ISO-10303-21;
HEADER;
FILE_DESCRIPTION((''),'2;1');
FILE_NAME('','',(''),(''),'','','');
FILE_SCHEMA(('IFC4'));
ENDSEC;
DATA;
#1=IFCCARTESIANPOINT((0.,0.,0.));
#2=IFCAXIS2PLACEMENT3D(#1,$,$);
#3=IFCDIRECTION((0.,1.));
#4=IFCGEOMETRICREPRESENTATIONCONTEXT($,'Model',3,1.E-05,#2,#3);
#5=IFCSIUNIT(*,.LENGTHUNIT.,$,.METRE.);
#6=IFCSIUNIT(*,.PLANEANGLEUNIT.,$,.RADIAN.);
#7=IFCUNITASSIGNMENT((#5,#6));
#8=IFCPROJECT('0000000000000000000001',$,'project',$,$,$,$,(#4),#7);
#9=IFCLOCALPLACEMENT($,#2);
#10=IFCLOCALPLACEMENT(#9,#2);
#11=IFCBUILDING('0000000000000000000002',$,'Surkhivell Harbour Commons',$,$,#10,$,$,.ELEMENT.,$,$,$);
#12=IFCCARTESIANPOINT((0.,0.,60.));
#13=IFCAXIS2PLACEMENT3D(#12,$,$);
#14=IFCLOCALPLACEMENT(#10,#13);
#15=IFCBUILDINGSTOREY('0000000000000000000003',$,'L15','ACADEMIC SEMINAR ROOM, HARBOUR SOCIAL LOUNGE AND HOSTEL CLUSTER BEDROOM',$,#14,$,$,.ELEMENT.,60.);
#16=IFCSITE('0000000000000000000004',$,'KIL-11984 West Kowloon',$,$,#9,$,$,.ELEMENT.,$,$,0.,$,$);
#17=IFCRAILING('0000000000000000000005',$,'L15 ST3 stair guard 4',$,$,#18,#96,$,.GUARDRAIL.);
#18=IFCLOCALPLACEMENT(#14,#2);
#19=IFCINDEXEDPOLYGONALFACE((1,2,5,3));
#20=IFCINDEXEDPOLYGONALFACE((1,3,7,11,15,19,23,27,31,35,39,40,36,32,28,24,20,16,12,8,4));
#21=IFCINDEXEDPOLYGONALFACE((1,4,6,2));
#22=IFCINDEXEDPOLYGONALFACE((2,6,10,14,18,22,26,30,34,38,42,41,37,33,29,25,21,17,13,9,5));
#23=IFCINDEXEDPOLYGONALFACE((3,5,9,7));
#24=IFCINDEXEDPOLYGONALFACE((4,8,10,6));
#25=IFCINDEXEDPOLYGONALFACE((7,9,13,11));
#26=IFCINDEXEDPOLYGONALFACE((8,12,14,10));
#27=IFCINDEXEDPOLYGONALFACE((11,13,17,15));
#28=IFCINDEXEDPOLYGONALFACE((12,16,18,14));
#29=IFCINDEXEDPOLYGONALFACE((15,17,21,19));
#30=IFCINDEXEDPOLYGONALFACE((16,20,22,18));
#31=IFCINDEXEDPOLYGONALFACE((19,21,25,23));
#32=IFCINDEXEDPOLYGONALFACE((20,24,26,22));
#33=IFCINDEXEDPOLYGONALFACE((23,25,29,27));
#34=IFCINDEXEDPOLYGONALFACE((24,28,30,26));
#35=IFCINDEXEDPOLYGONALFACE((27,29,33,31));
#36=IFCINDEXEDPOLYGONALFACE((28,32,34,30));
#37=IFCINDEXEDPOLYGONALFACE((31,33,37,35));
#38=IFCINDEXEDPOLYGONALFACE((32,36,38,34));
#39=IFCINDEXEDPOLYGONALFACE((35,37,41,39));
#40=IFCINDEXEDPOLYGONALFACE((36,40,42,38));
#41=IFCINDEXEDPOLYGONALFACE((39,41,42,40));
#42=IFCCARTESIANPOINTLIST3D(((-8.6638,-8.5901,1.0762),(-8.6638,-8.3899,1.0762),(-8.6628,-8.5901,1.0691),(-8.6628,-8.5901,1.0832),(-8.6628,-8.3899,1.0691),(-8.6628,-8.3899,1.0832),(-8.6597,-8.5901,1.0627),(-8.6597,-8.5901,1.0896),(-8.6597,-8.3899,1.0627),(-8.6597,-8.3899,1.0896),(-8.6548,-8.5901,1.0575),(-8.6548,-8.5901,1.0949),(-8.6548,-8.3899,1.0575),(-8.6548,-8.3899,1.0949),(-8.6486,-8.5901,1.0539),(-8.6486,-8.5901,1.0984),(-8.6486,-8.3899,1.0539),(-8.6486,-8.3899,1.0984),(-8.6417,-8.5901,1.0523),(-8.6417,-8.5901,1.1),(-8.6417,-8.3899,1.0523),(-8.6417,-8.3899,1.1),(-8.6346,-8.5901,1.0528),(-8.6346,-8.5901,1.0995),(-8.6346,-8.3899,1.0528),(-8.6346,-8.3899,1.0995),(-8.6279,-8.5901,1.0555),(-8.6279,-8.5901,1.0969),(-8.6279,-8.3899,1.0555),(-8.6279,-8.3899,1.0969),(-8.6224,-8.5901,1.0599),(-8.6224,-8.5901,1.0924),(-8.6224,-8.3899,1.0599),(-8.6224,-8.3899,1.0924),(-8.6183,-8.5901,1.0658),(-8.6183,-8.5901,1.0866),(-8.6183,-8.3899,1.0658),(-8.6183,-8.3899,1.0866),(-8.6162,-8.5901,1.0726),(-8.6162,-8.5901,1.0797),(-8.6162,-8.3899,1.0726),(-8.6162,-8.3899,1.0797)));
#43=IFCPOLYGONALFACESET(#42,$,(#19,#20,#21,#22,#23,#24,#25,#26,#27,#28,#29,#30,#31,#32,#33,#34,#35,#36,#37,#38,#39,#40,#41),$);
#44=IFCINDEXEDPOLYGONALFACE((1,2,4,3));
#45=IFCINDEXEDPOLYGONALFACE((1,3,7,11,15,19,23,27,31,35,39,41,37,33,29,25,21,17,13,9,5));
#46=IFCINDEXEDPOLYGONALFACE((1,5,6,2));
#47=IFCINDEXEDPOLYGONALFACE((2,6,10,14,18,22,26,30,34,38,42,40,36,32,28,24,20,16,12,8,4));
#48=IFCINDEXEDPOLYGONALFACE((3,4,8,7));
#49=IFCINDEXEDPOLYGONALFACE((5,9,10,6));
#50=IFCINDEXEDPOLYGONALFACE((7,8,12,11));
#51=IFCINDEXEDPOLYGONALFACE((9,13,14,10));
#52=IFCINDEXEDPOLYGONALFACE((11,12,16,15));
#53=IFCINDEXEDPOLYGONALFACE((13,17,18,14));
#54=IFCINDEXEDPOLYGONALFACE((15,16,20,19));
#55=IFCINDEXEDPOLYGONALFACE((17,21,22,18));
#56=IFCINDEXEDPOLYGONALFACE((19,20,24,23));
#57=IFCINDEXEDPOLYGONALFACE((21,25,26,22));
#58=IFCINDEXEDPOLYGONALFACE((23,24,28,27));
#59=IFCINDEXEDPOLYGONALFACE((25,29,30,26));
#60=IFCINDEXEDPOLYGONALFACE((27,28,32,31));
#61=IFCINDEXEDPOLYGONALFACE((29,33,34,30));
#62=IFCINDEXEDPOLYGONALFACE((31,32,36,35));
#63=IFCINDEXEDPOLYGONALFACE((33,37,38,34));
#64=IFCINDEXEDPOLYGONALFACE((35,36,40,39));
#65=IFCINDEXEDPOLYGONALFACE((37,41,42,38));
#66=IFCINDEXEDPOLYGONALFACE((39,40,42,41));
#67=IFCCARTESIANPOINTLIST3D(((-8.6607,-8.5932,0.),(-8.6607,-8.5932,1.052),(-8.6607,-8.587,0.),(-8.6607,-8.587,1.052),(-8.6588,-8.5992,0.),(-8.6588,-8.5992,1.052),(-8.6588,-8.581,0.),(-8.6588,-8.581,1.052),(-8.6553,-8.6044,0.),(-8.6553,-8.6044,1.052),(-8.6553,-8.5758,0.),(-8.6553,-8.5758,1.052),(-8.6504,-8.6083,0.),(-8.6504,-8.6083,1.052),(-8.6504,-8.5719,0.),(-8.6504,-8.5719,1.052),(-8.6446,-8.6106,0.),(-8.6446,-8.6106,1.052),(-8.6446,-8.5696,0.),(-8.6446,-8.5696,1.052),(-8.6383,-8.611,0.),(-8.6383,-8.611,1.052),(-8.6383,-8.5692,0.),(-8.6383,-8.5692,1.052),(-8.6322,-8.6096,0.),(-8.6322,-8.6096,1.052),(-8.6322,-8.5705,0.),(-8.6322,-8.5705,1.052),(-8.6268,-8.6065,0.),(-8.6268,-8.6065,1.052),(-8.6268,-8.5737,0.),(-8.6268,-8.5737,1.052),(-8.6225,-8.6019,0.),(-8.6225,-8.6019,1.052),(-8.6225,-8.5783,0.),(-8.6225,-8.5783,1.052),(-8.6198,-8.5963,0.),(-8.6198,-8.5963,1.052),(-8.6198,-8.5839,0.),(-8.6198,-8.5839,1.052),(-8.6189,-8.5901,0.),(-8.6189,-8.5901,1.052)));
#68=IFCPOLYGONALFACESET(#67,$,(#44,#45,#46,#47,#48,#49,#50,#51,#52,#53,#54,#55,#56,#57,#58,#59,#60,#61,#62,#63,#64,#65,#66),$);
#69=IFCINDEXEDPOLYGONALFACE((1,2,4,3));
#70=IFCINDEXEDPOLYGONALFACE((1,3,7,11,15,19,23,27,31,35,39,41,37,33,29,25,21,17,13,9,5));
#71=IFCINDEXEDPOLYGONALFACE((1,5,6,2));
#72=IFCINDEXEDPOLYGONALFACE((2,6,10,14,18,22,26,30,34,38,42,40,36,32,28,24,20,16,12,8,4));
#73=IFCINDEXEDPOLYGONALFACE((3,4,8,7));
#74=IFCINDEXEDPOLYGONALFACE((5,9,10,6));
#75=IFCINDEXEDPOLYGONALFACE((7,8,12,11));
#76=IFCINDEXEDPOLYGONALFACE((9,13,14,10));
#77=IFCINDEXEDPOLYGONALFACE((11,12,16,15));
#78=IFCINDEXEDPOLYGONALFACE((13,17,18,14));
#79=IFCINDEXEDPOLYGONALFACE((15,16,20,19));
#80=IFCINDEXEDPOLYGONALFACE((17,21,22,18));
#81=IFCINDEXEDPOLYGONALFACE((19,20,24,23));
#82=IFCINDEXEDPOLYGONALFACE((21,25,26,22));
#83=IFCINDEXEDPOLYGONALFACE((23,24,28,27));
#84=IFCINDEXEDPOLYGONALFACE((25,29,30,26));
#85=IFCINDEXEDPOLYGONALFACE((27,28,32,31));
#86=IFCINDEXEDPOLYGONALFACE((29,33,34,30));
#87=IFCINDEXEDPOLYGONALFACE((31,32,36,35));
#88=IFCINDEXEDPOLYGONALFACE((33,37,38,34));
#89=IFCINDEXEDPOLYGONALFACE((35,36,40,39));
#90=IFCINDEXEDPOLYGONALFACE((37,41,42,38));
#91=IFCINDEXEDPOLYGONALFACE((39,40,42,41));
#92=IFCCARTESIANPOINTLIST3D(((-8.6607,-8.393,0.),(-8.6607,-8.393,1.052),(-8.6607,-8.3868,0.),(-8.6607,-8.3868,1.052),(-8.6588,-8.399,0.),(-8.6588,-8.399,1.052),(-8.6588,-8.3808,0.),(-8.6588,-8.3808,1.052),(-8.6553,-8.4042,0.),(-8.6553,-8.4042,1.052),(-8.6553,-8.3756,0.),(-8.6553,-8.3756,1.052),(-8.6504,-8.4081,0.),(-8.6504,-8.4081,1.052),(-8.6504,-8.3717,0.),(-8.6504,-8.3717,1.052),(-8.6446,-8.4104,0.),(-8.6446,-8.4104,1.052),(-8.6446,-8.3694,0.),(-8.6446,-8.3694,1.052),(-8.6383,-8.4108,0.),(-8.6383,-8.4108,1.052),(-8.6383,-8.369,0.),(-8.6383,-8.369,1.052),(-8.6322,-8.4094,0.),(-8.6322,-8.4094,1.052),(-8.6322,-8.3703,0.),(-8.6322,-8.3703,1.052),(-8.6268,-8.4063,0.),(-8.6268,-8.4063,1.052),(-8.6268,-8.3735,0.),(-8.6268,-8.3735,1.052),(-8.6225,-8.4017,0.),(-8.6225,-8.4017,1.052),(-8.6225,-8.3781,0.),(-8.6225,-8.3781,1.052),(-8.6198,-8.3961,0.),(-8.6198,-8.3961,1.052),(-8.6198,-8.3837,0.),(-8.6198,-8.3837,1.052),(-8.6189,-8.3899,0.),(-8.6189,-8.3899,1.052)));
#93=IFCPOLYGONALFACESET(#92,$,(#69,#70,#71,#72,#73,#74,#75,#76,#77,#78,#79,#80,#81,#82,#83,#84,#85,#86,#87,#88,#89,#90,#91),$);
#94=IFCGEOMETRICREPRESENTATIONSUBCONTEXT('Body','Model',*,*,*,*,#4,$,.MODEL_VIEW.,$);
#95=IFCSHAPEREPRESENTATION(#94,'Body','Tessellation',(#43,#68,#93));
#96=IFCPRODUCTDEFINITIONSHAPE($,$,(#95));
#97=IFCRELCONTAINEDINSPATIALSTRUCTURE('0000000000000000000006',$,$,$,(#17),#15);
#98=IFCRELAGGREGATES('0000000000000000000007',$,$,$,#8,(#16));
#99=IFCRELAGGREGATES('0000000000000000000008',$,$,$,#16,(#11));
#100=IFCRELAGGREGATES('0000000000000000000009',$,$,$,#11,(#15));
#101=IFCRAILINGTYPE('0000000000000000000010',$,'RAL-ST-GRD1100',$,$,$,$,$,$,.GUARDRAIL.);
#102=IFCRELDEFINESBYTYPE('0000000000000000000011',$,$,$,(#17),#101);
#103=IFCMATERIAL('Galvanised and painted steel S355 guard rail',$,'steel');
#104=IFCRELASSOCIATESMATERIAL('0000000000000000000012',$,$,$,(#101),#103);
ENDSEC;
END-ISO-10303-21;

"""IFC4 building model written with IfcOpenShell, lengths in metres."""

from ifc_helpers import new_model, si_unit, direction, frame, origin, origin_2d, place, context, subcontext, project, spatial, circle, extrude, material, type_object, element, save


model = new_model("IFC4")

# Units and contexts
model_context = context("Model", 3, precision=1e-05, world=origin(), true_north=direction((0.0, 1.0)))
body_context = subcontext(model_context, "Body", "Model", "MODEL_VIEW")
ifc_project = project(units=[si_unit("LENGTHUNIT", "METRE"), si_unit("PLANEANGLEUNIT", "RADIAN")], contexts=[model_context])

# Site, building, storey
site_placement = place(None, origin())
site = spatial("IfcSite", under=ifc_project, at=site_placement, Name="KIL-11984 West Kowloon", CompositionType="ELEMENT", RefElevation=0.0)
building_placement = place(site_placement, origin())
building = spatial("IfcBuilding", under=site, at=building_placement, Name="Surkhivell Harbour Commons", CompositionType="ELEMENT")
storey_placement = place(building_placement, frame((0.0, 0.0, 60.0)))
storey = spatial("IfcBuildingStorey", under=building, at=storey_placement, Name="L15", Description="ACADEMIC SEMINAR ROOM, HARBOUR SOCIAL LOUNGE AND HOSTEL CLUSTER BEDROOM", CompositionType="ELEMENT", Elevation=60.0)

# Railing
ifc_material_1 = material(Name="Galvanised and painted steel S355 guard rail", Category="steel")
railing_type_1 = type_object("IfcRailingType", Name="RAL-ST-GRD1100", PredefinedType="GUARDRAIL", material=ifc_material_1)
railing_1_placement = place(storey_placement, frame((-8.6399, -8.5901, 0.0)))
element("IfcRailing", 1, at=railing_1_placement, inside=storey, type_object=railing_type_1, Name="L15 ST3 stair guard 4", PredefinedType="GUARDRAIL", context=body_context, shape_type="SweptSolid", body=[
    extrude(circle(Radius=0.0239, at=origin_2d()), frame((0.0, 0.0, 1.0762), z_axis=(0.0, 1.0, 0.0), x_axis=(-1.0, 0.0, 0.0)), (0.0, 0.0, 1.0), 0.2002),
    extrude(circle(Radius=0.021, at=origin_2d()), origin(), (0.0, 0.0, 1.0), 1.052),
    extrude(circle(Radius=0.021, at=origin_2d()), frame((0.0, 0.2002, 0.0)), (0.0, 0.0, 1.0), 1.052),
])

save(model, "model.ifc")
